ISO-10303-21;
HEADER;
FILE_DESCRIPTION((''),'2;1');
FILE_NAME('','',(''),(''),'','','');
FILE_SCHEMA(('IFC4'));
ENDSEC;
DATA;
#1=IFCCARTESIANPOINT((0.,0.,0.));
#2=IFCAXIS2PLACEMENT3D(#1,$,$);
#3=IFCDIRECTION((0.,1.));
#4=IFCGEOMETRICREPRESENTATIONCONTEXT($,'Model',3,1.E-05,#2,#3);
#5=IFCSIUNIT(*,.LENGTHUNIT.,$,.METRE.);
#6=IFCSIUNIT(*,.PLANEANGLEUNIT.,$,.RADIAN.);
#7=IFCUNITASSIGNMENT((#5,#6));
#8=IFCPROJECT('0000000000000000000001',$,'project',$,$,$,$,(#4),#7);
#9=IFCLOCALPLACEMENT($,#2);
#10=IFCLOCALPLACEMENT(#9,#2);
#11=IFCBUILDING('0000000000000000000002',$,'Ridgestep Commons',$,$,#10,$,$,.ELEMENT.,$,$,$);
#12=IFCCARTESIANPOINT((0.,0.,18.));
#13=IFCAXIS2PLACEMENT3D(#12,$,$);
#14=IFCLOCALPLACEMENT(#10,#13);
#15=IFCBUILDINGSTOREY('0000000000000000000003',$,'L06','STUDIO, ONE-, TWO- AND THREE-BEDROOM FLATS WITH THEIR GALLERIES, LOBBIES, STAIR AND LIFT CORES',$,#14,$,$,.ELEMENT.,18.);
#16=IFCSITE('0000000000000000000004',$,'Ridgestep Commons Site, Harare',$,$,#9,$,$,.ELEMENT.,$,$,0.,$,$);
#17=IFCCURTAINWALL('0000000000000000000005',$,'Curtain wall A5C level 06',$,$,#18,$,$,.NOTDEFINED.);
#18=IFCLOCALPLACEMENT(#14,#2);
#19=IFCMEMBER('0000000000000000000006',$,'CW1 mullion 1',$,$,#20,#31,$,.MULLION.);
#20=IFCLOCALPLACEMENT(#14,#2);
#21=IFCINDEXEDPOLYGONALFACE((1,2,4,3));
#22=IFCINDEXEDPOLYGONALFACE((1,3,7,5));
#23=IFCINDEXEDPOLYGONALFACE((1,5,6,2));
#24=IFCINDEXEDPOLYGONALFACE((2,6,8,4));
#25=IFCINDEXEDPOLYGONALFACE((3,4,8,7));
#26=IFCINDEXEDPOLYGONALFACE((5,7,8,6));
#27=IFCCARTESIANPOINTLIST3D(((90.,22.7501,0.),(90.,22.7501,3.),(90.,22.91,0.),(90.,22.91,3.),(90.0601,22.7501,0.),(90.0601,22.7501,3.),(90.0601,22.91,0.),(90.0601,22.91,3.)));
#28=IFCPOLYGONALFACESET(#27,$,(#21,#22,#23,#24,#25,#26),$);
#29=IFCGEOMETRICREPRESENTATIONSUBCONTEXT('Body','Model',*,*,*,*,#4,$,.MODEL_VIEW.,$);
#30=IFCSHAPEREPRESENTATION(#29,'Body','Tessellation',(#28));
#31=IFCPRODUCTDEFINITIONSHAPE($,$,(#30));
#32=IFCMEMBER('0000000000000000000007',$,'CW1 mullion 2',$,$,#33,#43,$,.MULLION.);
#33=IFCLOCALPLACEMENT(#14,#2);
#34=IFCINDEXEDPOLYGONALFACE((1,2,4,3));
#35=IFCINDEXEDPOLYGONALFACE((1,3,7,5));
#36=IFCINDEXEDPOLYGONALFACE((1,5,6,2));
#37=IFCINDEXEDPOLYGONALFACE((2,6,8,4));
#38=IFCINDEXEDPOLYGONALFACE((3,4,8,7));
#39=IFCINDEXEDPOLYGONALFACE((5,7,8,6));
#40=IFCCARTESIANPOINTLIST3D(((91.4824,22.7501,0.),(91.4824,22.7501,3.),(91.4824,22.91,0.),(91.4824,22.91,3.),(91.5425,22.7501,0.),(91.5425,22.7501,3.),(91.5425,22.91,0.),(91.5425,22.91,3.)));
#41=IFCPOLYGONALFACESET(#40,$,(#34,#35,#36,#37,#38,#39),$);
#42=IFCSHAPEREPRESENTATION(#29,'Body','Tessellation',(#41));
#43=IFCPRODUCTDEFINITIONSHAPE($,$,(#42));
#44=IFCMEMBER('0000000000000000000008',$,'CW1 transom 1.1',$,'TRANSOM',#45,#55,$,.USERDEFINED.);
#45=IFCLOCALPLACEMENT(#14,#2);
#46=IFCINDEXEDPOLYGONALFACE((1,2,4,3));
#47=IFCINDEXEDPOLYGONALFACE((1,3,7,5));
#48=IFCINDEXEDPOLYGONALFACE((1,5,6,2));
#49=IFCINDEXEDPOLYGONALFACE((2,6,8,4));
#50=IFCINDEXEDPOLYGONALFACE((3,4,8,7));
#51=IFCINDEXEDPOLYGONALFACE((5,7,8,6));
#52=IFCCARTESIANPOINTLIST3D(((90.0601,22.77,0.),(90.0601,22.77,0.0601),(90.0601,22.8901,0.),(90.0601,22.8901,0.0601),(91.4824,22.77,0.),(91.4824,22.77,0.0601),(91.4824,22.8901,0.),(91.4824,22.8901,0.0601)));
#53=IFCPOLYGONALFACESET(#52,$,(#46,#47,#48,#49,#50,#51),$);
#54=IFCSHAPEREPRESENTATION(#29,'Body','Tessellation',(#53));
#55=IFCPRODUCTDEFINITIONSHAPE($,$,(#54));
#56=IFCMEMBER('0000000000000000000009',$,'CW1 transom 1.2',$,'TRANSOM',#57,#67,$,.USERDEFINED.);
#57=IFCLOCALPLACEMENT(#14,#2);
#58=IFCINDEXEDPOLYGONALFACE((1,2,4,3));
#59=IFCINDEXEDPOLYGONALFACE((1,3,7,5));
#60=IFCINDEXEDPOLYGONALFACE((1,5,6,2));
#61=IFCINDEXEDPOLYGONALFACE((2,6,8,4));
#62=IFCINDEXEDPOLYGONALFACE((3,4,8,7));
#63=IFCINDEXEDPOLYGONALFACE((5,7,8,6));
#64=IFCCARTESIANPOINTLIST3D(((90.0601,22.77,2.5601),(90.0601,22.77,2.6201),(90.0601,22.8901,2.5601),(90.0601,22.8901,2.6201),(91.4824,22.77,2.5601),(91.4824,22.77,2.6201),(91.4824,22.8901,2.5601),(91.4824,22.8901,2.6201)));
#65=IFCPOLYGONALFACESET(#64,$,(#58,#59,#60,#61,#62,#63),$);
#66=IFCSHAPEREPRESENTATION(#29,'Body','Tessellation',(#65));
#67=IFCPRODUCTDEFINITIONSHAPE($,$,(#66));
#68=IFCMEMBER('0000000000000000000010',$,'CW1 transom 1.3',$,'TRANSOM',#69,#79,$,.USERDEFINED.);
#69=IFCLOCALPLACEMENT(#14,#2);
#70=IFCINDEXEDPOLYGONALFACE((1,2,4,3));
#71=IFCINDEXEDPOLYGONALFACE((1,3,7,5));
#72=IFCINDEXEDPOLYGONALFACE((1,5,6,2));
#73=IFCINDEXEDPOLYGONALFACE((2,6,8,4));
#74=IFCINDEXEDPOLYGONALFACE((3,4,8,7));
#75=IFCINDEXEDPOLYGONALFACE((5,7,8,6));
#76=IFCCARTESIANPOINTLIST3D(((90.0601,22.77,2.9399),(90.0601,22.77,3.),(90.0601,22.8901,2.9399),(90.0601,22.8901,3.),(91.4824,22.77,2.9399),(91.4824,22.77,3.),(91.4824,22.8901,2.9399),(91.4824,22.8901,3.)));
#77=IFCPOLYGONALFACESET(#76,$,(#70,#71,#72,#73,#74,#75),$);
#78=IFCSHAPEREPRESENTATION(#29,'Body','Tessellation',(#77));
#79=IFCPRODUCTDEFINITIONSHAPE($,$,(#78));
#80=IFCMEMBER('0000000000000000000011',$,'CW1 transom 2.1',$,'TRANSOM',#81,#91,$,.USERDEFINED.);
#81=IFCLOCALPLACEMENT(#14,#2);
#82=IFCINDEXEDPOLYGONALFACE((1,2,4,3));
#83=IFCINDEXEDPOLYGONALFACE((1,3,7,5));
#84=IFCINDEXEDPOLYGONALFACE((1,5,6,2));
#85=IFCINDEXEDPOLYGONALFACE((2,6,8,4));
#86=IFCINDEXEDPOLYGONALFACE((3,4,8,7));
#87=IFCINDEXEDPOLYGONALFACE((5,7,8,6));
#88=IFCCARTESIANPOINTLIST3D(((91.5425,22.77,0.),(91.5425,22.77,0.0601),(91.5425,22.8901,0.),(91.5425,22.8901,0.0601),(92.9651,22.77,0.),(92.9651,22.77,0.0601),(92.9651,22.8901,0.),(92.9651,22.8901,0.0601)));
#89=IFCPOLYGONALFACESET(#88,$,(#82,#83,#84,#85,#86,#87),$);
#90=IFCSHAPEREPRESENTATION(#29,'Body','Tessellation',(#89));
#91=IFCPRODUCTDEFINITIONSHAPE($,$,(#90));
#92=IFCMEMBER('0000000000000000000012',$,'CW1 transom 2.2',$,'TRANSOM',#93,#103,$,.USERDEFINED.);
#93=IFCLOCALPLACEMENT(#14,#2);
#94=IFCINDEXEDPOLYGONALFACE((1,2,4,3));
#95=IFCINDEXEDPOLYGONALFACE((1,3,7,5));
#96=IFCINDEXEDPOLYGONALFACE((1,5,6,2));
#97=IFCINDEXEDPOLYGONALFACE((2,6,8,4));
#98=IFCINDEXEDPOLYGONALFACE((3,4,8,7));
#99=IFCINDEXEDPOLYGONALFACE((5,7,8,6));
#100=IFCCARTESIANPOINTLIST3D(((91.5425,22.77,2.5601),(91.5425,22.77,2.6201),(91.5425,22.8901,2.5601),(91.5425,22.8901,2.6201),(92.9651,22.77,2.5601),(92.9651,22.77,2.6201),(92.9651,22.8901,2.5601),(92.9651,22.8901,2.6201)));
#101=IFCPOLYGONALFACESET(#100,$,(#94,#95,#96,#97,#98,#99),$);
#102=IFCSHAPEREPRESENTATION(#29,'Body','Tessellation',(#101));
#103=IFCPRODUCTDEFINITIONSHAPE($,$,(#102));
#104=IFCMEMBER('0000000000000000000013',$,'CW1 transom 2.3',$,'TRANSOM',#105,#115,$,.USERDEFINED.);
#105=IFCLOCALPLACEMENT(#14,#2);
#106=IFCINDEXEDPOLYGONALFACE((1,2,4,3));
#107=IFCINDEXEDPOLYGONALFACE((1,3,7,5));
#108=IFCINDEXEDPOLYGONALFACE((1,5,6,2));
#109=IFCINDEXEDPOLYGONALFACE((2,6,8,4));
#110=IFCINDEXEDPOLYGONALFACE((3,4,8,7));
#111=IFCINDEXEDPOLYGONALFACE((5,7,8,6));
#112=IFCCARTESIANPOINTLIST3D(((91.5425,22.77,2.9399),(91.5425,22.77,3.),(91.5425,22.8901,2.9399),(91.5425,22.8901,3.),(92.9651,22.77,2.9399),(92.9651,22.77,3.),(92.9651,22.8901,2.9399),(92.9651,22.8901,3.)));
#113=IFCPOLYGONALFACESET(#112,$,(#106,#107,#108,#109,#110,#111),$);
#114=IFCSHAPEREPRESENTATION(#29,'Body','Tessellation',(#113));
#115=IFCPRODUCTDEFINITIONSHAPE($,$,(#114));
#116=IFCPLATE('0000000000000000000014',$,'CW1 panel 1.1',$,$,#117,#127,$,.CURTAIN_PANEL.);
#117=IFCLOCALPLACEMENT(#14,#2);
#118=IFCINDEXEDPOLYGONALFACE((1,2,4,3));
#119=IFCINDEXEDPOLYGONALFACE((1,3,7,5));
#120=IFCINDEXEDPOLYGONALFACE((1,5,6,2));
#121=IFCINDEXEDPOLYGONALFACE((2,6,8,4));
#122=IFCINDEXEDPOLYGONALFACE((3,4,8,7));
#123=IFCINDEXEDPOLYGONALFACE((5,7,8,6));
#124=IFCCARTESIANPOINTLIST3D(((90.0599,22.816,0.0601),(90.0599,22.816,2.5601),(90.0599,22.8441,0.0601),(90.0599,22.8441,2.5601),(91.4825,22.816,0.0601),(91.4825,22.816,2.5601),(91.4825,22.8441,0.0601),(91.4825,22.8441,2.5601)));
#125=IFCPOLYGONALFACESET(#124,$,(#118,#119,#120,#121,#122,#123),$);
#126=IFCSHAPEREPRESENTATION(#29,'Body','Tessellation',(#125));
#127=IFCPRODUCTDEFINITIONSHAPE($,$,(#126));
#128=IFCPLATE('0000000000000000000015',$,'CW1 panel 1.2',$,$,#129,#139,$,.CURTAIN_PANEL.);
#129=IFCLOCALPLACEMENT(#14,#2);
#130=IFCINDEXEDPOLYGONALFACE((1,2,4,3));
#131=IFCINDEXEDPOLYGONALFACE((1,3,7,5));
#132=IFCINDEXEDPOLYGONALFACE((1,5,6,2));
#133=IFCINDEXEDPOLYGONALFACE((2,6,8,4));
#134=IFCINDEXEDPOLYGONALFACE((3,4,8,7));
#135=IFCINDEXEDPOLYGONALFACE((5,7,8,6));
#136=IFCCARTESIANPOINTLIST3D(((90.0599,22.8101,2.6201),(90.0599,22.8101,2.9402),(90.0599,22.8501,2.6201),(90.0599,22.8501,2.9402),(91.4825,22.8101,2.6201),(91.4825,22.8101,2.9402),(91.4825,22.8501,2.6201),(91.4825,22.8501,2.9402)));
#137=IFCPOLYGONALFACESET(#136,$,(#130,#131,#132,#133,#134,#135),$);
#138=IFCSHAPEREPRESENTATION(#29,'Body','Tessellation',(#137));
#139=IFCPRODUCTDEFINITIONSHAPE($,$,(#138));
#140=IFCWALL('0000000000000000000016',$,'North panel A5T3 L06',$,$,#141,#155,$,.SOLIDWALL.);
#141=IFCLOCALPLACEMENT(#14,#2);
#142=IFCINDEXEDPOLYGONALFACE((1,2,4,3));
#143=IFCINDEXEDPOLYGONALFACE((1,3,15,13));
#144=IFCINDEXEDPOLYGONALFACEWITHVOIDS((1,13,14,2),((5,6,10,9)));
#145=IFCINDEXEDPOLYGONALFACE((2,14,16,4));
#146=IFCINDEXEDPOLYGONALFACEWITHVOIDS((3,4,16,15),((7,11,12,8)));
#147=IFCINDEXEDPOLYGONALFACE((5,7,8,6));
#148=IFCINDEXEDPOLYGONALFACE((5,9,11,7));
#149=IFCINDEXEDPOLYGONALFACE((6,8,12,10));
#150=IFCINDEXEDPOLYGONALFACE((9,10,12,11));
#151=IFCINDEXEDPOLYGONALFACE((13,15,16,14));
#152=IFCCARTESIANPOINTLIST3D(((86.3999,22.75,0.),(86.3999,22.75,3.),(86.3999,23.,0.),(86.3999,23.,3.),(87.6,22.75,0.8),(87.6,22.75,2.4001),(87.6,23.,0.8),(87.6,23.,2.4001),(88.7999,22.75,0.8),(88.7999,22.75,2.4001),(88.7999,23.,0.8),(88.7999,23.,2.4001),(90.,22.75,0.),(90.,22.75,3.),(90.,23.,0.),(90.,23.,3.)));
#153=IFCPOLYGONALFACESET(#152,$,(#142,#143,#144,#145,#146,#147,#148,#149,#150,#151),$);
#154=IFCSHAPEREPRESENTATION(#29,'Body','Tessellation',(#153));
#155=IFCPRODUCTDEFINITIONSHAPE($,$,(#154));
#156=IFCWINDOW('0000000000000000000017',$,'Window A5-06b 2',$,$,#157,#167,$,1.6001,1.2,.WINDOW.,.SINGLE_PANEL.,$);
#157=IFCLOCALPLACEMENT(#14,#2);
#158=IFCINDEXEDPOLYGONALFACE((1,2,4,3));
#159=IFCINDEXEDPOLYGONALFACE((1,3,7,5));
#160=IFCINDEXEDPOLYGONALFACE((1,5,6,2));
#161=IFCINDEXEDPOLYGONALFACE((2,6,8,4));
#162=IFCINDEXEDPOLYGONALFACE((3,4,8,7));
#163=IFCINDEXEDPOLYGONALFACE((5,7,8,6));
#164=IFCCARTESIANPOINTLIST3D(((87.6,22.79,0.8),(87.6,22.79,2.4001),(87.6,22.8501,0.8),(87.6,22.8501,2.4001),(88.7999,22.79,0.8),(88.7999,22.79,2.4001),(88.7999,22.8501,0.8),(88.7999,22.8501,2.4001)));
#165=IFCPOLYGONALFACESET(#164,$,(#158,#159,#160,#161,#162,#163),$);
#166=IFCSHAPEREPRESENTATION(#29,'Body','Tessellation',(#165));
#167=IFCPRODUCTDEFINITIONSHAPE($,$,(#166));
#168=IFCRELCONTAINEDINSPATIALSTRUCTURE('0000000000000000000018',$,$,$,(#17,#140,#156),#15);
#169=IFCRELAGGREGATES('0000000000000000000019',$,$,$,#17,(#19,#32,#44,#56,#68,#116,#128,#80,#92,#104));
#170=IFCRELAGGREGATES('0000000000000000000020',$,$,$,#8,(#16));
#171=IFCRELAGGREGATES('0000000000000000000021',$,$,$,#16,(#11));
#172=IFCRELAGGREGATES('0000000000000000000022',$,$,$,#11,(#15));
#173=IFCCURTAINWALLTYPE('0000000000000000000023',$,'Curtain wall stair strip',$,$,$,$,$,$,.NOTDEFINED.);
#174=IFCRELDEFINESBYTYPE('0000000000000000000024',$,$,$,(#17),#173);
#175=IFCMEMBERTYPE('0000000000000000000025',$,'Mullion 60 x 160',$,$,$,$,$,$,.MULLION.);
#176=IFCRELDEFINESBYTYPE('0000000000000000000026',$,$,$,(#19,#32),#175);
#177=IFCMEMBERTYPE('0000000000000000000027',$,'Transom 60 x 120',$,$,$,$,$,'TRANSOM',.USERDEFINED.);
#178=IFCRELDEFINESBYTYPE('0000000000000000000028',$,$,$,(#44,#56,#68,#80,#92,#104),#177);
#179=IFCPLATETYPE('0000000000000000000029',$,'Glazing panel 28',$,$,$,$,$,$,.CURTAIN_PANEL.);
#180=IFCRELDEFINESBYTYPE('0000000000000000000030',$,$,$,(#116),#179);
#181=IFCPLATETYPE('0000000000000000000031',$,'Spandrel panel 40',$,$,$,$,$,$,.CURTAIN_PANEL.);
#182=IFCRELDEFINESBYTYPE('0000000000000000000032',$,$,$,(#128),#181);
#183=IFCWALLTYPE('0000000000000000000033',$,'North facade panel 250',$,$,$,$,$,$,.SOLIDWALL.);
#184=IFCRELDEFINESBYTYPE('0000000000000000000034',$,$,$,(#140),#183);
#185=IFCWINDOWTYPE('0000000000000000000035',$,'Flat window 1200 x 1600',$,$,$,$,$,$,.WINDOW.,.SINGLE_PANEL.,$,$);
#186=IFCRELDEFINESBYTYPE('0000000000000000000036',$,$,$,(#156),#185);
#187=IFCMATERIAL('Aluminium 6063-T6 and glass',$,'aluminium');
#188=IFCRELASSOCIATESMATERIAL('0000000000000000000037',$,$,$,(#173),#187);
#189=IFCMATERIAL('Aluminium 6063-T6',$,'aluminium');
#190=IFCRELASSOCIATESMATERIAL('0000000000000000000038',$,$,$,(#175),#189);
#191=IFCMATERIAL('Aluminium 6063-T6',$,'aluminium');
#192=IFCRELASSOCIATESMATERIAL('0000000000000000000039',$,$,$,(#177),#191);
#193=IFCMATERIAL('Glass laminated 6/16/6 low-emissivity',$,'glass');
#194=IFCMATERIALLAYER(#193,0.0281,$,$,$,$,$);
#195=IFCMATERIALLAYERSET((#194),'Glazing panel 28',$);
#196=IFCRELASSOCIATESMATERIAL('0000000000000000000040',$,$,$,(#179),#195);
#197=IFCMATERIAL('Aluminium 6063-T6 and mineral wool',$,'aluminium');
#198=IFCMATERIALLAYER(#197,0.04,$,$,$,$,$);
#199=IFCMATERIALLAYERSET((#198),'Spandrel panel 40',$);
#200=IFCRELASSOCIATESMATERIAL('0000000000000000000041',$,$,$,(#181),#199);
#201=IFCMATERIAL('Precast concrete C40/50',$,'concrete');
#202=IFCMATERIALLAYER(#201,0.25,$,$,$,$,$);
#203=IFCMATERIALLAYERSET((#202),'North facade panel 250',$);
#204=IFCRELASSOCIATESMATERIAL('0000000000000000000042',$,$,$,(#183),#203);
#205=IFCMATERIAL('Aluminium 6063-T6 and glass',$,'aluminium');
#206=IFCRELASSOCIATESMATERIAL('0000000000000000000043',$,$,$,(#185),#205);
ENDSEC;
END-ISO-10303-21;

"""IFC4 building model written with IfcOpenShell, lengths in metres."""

from ifc_helpers import new_model, si_unit, direction, frame, frame_2d, origin, origin_2d, place, context, subcontext, project, spatial, rectangle, extrude, material, layer, layer_set, material_profile, profile_set, type_object, element, fill, aggregate, save


model = new_model("IFC4")

# Units and contexts
model_context = context("Model", 3, precision=1e-05, world=origin(), true_north=direction((0.0, 1.0)))
body_context = subcontext(model_context, "Body", "Model", "MODEL_VIEW")
ifc_project = project(units=[si_unit("LENGTHUNIT", "METRE"), si_unit("PLANEANGLEUNIT", "RADIAN")], contexts=[model_context])

# Site, building, storey
site_placement = place(None, origin())
site = spatial("IfcSite", under=ifc_project, at=site_placement, Name="Ridgestep Commons Site, Harare", CompositionType="ELEMENT", RefElevation=0.0)
building_placement = place(site_placement, origin())
building = spatial("IfcBuilding", under=site, at=building_placement, Name="Ridgestep Commons", CompositionType="ELEMENT")
storey_placement = place(building_placement, frame((0.0, 0.0, 18.0)))
storey = spatial("IfcBuildingStorey", under=building, at=storey_placement, Name="L06", Description="STUDIO, ONE-, TWO- AND THREE-BEDROOM FLATS WITH THEIR GALLERIES, LOBBIES, STAIR AND LIFT CORES", CompositionType="ELEMENT", Elevation=18.0)

# Curtain wall, members, plates
ifc_material_1 = material(Name="Aluminium 6063-T6 and glass", Category="aluminium")
curtain_wall_type = type_object("IfcCurtainWallType", Name="Curtain wall stair strip", PredefinedType="NOTDEFINED", material=ifc_material_1)
curtain_wall_placement = place(storey_placement, origin())
curtain_wall = element("IfcCurtainWall", 1, at=curtain_wall_placement, inside=storey, type_object=curtain_wall_type, Name="Curtain wall A5C level 06", PredefinedType="NOTDEFINED")
ifc_material_2 = material(Name="Aluminium 6063-T6", Category="aluminium")
ifc_material_profile_1 = material_profile(ifc_material_2, rectangle(XDim=0.1599, YDim=0.0601, at=origin_2d()), Name="Mullion 60 x 160")
ifc_profile_set_1 = profile_set([ifc_material_profile_1], Name="Aluminium 6063-T6")
member_type_1 = type_object("IfcMemberType", Name="Mullion 60 x 160", PredefinedType="MULLION", material=ifc_profile_set_1)
member_1_placement = place(storey_placement, frame((90.03, 22.8301, 0.0), z_axis=(0.0, 0.0, 1.0), x_axis=(0.0, 1.0, 0.0)))
member_1 = element("IfcMember", 2, at=member_1_placement, type_object=member_type_1, Name="CW1 mullion 1", PredefinedType="MULLION", context=body_context, shape_type="SweptSolid", body=[
    extrude(rectangle(XDim=0.1599, YDim=0.0601, at=origin_2d()), origin(), (0.0, 0.0, 1.0), 3.0),
])
member_2_placement = place(storey_placement, frame((91.5125, 22.8301, 0.0), z_axis=(0.0, 0.0, 1.0), x_axis=(0.0, 1.0, 0.0)))
member_2 = element("IfcMember", 3, at=member_2_placement, type_object=member_type_1, Name="CW1 mullion 2", PredefinedType="MULLION", context=body_context, shape_type="SweptSolid", body=[
    extrude(rectangle(XDim=0.1599, YDim=0.0601, at=origin_2d()), origin(), (0.0, 0.0, 1.0), 3.0),
])
ifc_material_3 = material(Name="Aluminium 6063-T6", Category="aluminium")
ifc_material_profile_2 = material_profile(ifc_material_3, rectangle(XDim=0.1201, YDim=0.0601, at=origin_2d()), Name="Transom 60 x 120")
ifc_profile_set_2 = profile_set([ifc_material_profile_2], Name="Aluminium 6063-T6")
member_type_2 = type_object("IfcMemberType", Name="Transom 60 x 120", ElementType="TRANSOM", PredefinedType="USERDEFINED", material=ifc_profile_set_2)
member_3_placement = place(storey_placement, frame((90.0601, 22.8301, 0.03), z_axis=(1.0, 0.0, 0.0), x_axis=(0.0, 1.0, 0.0)))
member_3 = element("IfcMember", 4, at=member_3_placement, type_object=member_type_2, Name="CW1 transom 1.1", ObjectType="TRANSOM", PredefinedType="USERDEFINED", context=body_context, shape_type="SweptSolid", body=[
    extrude(rectangle(XDim=0.1201, YDim=0.0601, at=origin_2d()), origin(), (0.0, 0.0, 1.0), 1.4224),
])
member_4_placement = place(storey_placement, frame((90.0601, 22.8301, 2.5901), z_axis=(1.0, 0.0, 0.0), x_axis=(0.0, 1.0, 0.0)))
member_4 = element("IfcMember", 5, at=member_4_placement, type_object=member_type_2, Name="CW1 transom 1.2", ObjectType="TRANSOM", PredefinedType="USERDEFINED", context=body_context, shape_type="SweptSolid", body=[
    extrude(rectangle(XDim=0.1201, YDim=0.0601, at=origin_2d()), origin(), (0.0, 0.0, 1.0), 1.4224),
])
member_5_placement = place(storey_placement, frame((90.0601, 22.8301, 2.97), z_axis=(1.0, 0.0, 0.0), x_axis=(0.0, 1.0, 0.0)))
member_5 = element("IfcMember", 6, at=member_5_placement, type_object=member_type_2, Name="CW1 transom 1.3", ObjectType="TRANSOM", PredefinedType="USERDEFINED", context=body_context, shape_type="SweptSolid", body=[
    extrude(rectangle(XDim=0.1201, YDim=0.0601, at=origin_2d()), origin(), (0.0, 0.0, 1.0), 1.4224),
])
member_6_placement = place(storey_placement, frame((91.5425, 22.8301, 0.03), z_axis=(1.0, 0.0, 0.0), x_axis=(0.0, 1.0, 0.0)))
member_6 = element("IfcMember", 7, at=member_6_placement, type_object=member_type_2, Name="CW1 transom 2.1", ObjectType="TRANSOM", PredefinedType="USERDEFINED", context=body_context, shape_type="SweptSolid", body=[
    extrude(rectangle(XDim=0.1201, YDim=0.0601, at=origin_2d()), origin(), (0.0, 0.0, 1.0), 1.4226),
])
member_7_placement = place(storey_placement, frame((91.5425, 22.8301, 2.5901), z_axis=(1.0, 0.0, 0.0), x_axis=(0.0, 1.0, 0.0)))
member_7 = element("IfcMember", 8, at=member_7_placement, type_object=member_type_2, Name="CW1 transom 2.2", ObjectType="TRANSOM", PredefinedType="USERDEFINED", context=body_context, shape_type="SweptSolid", body=[
    extrude(rectangle(XDim=0.1201, YDim=0.0601, at=origin_2d()), origin(), (0.0, 0.0, 1.0), 1.4226),
])
member_8_placement = place(storey_placement, frame((91.5425, 22.8301, 2.97), z_axis=(1.0, 0.0, 0.0), x_axis=(0.0, 1.0, 0.0)))
member_8 = element("IfcMember", 9, at=member_8_placement, type_object=member_type_2, Name="CW1 transom 2.3", ObjectType="TRANSOM", PredefinedType="USERDEFINED", context=body_context, shape_type="SweptSolid", body=[
    extrude(rectangle(XDim=0.1201, YDim=0.0601, at=origin_2d()), origin(), (0.0, 0.0, 1.0), 1.4226),
])
ifc_material_4 = material(Name="Glass laminated 6/16/6 low-emissivity", Category="glass")
ifc_layer_1 = layer(ifc_material_4, 0.0281)
ifc_layer_set_1 = layer_set([ifc_layer_1], Name="Glazing panel 28")
plate_type_1 = type_object("IfcPlateType", Name="Glazing panel 28", PredefinedType="CURTAIN_PANEL", material=ifc_layer_set_1)
plate_1_placement = place(storey_placement, frame((90.7712, 22.8301, 0.0601), z_axis=(0.0, 0.0, 1.0), x_axis=(1.0, 0.0, 0.0)))
plate_1 = element("IfcPlate", 10, at=plate_1_placement, type_object=plate_type_1, Name="CW1 panel 1.1", PredefinedType="CURTAIN_PANEL", context=body_context, shape_type="SweptSolid", body=[
    extrude(rectangle(XDim=1.4226, YDim=0.0281, at=origin_2d()), origin(), (0.0, 0.0, 1.0), 2.5),
])
ifc_material_5 = material(Name="Aluminium 6063-T6 and mineral wool", Category="aluminium")
ifc_layer_2 = layer(ifc_material_5, 0.04)
ifc_layer_set_2 = layer_set([ifc_layer_2], Name="Spandrel panel 40")
plate_type_2 = type_object("IfcPlateType", Name="Spandrel panel 40", PredefinedType="CURTAIN_PANEL", material=ifc_layer_set_2)
plate_2_placement = place(storey_placement, frame((90.7712, 22.8301, 2.6201), z_axis=(0.0, 0.0, 1.0), x_axis=(1.0, 0.0, 0.0)))
plate_2 = element("IfcPlate", 11, at=plate_2_placement, type_object=plate_type_2, Name="CW1 panel 1.2", PredefinedType="CURTAIN_PANEL", context=body_context, shape_type="SweptSolid", body=[
    extrude(rectangle(XDim=1.4226, YDim=0.04, at=origin_2d()), origin(), (0.0, 0.0, 1.0), 0.3201),
])
aggregate(curtain_wall, [member_1, member_2, member_3, member_4, member_5, plate_1, plate_2, member_6, member_7, member_8])

# Wall, opening, window
ifc_material_6 = material(Name="Precast concrete C40/50", Category="concrete")
ifc_layer_3 = layer(ifc_material_6, 0.25)
ifc_layer_set_3 = layer_set([ifc_layer_3], Name="North facade panel 250")
wall_type_1 = type_object("IfcWallType", Name="North facade panel 250", PredefinedType="SOLIDWALL", material=ifc_layer_set_3)
wall_1_placement = place(storey_placement, frame((86.3999, 22.875, 0.0), z_axis=(0.0, 0.0, 1.0), x_axis=(1.0, 0.0, 0.0)))
wall_1 = element("IfcWall", 12, at=wall_1_placement, inside=storey, type_object=wall_type_1, Name="North panel A5T3 L06", PredefinedType="SOLIDWALL", context=body_context, shape_type="SweptSolid", body=[
    extrude(rectangle(XDim=3.6001, YDim=0.25, at=frame_2d((1.8, 0.0))), origin(), (0.0, 0.0, 1.0), 3.0),
])
opening_1_placement = place(wall_1_placement, frame((1.2, 0.0, 0.8)))
opening_1 = element("IfcOpeningElement", 13, at=opening_1_placement, cuts=wall_1, PredefinedType="OPENING", context=body_context, shape_type="SweptSolid", body=[
    extrude(rectangle(XDim=1.2, YDim=1.6001, at=frame_2d((0.6001, 0.8))), frame((0.0, 0.135, 0.0), z_axis=(0.0, -1.0, 0.0), x_axis=(1.0, 0.0, 0.0)), (0.0, 0.0, 1.0), 0.27),
])
ifc_material_7 = material(Name="Aluminium 6063-T6 and glass", Category="aluminium")
window_type = type_object("IfcWindowType", Name="Flat window 1200 x 1600", PartitioningType="SINGLE_PANEL", PredefinedType="WINDOW", material=ifc_material_7)
window_placement = place(opening_1_placement, origin())
window = element("IfcWindow", 14, at=window_placement, inside=storey, type_object=window_type, Name="Window A5-06b 2", OverallHeight=1.6001, OverallWidth=1.2, PartitioningType="SINGLE_PANEL", PredefinedType="WINDOW", context=body_context, shape_type="SweptSolid", body=[
    extrude(rectangle(XDim=1.2, YDim=1.6001, at=frame_2d((0.6001, 0.8))), frame((0.0, -0.0249, 0.0), z_axis=(0.0, -1.0, 0.0), x_axis=(1.0, 0.0, 0.0)), (0.0, 0.0, 1.0), 0.0601),
])
fill(opening_1, window)

save(model, "model.ifc")
